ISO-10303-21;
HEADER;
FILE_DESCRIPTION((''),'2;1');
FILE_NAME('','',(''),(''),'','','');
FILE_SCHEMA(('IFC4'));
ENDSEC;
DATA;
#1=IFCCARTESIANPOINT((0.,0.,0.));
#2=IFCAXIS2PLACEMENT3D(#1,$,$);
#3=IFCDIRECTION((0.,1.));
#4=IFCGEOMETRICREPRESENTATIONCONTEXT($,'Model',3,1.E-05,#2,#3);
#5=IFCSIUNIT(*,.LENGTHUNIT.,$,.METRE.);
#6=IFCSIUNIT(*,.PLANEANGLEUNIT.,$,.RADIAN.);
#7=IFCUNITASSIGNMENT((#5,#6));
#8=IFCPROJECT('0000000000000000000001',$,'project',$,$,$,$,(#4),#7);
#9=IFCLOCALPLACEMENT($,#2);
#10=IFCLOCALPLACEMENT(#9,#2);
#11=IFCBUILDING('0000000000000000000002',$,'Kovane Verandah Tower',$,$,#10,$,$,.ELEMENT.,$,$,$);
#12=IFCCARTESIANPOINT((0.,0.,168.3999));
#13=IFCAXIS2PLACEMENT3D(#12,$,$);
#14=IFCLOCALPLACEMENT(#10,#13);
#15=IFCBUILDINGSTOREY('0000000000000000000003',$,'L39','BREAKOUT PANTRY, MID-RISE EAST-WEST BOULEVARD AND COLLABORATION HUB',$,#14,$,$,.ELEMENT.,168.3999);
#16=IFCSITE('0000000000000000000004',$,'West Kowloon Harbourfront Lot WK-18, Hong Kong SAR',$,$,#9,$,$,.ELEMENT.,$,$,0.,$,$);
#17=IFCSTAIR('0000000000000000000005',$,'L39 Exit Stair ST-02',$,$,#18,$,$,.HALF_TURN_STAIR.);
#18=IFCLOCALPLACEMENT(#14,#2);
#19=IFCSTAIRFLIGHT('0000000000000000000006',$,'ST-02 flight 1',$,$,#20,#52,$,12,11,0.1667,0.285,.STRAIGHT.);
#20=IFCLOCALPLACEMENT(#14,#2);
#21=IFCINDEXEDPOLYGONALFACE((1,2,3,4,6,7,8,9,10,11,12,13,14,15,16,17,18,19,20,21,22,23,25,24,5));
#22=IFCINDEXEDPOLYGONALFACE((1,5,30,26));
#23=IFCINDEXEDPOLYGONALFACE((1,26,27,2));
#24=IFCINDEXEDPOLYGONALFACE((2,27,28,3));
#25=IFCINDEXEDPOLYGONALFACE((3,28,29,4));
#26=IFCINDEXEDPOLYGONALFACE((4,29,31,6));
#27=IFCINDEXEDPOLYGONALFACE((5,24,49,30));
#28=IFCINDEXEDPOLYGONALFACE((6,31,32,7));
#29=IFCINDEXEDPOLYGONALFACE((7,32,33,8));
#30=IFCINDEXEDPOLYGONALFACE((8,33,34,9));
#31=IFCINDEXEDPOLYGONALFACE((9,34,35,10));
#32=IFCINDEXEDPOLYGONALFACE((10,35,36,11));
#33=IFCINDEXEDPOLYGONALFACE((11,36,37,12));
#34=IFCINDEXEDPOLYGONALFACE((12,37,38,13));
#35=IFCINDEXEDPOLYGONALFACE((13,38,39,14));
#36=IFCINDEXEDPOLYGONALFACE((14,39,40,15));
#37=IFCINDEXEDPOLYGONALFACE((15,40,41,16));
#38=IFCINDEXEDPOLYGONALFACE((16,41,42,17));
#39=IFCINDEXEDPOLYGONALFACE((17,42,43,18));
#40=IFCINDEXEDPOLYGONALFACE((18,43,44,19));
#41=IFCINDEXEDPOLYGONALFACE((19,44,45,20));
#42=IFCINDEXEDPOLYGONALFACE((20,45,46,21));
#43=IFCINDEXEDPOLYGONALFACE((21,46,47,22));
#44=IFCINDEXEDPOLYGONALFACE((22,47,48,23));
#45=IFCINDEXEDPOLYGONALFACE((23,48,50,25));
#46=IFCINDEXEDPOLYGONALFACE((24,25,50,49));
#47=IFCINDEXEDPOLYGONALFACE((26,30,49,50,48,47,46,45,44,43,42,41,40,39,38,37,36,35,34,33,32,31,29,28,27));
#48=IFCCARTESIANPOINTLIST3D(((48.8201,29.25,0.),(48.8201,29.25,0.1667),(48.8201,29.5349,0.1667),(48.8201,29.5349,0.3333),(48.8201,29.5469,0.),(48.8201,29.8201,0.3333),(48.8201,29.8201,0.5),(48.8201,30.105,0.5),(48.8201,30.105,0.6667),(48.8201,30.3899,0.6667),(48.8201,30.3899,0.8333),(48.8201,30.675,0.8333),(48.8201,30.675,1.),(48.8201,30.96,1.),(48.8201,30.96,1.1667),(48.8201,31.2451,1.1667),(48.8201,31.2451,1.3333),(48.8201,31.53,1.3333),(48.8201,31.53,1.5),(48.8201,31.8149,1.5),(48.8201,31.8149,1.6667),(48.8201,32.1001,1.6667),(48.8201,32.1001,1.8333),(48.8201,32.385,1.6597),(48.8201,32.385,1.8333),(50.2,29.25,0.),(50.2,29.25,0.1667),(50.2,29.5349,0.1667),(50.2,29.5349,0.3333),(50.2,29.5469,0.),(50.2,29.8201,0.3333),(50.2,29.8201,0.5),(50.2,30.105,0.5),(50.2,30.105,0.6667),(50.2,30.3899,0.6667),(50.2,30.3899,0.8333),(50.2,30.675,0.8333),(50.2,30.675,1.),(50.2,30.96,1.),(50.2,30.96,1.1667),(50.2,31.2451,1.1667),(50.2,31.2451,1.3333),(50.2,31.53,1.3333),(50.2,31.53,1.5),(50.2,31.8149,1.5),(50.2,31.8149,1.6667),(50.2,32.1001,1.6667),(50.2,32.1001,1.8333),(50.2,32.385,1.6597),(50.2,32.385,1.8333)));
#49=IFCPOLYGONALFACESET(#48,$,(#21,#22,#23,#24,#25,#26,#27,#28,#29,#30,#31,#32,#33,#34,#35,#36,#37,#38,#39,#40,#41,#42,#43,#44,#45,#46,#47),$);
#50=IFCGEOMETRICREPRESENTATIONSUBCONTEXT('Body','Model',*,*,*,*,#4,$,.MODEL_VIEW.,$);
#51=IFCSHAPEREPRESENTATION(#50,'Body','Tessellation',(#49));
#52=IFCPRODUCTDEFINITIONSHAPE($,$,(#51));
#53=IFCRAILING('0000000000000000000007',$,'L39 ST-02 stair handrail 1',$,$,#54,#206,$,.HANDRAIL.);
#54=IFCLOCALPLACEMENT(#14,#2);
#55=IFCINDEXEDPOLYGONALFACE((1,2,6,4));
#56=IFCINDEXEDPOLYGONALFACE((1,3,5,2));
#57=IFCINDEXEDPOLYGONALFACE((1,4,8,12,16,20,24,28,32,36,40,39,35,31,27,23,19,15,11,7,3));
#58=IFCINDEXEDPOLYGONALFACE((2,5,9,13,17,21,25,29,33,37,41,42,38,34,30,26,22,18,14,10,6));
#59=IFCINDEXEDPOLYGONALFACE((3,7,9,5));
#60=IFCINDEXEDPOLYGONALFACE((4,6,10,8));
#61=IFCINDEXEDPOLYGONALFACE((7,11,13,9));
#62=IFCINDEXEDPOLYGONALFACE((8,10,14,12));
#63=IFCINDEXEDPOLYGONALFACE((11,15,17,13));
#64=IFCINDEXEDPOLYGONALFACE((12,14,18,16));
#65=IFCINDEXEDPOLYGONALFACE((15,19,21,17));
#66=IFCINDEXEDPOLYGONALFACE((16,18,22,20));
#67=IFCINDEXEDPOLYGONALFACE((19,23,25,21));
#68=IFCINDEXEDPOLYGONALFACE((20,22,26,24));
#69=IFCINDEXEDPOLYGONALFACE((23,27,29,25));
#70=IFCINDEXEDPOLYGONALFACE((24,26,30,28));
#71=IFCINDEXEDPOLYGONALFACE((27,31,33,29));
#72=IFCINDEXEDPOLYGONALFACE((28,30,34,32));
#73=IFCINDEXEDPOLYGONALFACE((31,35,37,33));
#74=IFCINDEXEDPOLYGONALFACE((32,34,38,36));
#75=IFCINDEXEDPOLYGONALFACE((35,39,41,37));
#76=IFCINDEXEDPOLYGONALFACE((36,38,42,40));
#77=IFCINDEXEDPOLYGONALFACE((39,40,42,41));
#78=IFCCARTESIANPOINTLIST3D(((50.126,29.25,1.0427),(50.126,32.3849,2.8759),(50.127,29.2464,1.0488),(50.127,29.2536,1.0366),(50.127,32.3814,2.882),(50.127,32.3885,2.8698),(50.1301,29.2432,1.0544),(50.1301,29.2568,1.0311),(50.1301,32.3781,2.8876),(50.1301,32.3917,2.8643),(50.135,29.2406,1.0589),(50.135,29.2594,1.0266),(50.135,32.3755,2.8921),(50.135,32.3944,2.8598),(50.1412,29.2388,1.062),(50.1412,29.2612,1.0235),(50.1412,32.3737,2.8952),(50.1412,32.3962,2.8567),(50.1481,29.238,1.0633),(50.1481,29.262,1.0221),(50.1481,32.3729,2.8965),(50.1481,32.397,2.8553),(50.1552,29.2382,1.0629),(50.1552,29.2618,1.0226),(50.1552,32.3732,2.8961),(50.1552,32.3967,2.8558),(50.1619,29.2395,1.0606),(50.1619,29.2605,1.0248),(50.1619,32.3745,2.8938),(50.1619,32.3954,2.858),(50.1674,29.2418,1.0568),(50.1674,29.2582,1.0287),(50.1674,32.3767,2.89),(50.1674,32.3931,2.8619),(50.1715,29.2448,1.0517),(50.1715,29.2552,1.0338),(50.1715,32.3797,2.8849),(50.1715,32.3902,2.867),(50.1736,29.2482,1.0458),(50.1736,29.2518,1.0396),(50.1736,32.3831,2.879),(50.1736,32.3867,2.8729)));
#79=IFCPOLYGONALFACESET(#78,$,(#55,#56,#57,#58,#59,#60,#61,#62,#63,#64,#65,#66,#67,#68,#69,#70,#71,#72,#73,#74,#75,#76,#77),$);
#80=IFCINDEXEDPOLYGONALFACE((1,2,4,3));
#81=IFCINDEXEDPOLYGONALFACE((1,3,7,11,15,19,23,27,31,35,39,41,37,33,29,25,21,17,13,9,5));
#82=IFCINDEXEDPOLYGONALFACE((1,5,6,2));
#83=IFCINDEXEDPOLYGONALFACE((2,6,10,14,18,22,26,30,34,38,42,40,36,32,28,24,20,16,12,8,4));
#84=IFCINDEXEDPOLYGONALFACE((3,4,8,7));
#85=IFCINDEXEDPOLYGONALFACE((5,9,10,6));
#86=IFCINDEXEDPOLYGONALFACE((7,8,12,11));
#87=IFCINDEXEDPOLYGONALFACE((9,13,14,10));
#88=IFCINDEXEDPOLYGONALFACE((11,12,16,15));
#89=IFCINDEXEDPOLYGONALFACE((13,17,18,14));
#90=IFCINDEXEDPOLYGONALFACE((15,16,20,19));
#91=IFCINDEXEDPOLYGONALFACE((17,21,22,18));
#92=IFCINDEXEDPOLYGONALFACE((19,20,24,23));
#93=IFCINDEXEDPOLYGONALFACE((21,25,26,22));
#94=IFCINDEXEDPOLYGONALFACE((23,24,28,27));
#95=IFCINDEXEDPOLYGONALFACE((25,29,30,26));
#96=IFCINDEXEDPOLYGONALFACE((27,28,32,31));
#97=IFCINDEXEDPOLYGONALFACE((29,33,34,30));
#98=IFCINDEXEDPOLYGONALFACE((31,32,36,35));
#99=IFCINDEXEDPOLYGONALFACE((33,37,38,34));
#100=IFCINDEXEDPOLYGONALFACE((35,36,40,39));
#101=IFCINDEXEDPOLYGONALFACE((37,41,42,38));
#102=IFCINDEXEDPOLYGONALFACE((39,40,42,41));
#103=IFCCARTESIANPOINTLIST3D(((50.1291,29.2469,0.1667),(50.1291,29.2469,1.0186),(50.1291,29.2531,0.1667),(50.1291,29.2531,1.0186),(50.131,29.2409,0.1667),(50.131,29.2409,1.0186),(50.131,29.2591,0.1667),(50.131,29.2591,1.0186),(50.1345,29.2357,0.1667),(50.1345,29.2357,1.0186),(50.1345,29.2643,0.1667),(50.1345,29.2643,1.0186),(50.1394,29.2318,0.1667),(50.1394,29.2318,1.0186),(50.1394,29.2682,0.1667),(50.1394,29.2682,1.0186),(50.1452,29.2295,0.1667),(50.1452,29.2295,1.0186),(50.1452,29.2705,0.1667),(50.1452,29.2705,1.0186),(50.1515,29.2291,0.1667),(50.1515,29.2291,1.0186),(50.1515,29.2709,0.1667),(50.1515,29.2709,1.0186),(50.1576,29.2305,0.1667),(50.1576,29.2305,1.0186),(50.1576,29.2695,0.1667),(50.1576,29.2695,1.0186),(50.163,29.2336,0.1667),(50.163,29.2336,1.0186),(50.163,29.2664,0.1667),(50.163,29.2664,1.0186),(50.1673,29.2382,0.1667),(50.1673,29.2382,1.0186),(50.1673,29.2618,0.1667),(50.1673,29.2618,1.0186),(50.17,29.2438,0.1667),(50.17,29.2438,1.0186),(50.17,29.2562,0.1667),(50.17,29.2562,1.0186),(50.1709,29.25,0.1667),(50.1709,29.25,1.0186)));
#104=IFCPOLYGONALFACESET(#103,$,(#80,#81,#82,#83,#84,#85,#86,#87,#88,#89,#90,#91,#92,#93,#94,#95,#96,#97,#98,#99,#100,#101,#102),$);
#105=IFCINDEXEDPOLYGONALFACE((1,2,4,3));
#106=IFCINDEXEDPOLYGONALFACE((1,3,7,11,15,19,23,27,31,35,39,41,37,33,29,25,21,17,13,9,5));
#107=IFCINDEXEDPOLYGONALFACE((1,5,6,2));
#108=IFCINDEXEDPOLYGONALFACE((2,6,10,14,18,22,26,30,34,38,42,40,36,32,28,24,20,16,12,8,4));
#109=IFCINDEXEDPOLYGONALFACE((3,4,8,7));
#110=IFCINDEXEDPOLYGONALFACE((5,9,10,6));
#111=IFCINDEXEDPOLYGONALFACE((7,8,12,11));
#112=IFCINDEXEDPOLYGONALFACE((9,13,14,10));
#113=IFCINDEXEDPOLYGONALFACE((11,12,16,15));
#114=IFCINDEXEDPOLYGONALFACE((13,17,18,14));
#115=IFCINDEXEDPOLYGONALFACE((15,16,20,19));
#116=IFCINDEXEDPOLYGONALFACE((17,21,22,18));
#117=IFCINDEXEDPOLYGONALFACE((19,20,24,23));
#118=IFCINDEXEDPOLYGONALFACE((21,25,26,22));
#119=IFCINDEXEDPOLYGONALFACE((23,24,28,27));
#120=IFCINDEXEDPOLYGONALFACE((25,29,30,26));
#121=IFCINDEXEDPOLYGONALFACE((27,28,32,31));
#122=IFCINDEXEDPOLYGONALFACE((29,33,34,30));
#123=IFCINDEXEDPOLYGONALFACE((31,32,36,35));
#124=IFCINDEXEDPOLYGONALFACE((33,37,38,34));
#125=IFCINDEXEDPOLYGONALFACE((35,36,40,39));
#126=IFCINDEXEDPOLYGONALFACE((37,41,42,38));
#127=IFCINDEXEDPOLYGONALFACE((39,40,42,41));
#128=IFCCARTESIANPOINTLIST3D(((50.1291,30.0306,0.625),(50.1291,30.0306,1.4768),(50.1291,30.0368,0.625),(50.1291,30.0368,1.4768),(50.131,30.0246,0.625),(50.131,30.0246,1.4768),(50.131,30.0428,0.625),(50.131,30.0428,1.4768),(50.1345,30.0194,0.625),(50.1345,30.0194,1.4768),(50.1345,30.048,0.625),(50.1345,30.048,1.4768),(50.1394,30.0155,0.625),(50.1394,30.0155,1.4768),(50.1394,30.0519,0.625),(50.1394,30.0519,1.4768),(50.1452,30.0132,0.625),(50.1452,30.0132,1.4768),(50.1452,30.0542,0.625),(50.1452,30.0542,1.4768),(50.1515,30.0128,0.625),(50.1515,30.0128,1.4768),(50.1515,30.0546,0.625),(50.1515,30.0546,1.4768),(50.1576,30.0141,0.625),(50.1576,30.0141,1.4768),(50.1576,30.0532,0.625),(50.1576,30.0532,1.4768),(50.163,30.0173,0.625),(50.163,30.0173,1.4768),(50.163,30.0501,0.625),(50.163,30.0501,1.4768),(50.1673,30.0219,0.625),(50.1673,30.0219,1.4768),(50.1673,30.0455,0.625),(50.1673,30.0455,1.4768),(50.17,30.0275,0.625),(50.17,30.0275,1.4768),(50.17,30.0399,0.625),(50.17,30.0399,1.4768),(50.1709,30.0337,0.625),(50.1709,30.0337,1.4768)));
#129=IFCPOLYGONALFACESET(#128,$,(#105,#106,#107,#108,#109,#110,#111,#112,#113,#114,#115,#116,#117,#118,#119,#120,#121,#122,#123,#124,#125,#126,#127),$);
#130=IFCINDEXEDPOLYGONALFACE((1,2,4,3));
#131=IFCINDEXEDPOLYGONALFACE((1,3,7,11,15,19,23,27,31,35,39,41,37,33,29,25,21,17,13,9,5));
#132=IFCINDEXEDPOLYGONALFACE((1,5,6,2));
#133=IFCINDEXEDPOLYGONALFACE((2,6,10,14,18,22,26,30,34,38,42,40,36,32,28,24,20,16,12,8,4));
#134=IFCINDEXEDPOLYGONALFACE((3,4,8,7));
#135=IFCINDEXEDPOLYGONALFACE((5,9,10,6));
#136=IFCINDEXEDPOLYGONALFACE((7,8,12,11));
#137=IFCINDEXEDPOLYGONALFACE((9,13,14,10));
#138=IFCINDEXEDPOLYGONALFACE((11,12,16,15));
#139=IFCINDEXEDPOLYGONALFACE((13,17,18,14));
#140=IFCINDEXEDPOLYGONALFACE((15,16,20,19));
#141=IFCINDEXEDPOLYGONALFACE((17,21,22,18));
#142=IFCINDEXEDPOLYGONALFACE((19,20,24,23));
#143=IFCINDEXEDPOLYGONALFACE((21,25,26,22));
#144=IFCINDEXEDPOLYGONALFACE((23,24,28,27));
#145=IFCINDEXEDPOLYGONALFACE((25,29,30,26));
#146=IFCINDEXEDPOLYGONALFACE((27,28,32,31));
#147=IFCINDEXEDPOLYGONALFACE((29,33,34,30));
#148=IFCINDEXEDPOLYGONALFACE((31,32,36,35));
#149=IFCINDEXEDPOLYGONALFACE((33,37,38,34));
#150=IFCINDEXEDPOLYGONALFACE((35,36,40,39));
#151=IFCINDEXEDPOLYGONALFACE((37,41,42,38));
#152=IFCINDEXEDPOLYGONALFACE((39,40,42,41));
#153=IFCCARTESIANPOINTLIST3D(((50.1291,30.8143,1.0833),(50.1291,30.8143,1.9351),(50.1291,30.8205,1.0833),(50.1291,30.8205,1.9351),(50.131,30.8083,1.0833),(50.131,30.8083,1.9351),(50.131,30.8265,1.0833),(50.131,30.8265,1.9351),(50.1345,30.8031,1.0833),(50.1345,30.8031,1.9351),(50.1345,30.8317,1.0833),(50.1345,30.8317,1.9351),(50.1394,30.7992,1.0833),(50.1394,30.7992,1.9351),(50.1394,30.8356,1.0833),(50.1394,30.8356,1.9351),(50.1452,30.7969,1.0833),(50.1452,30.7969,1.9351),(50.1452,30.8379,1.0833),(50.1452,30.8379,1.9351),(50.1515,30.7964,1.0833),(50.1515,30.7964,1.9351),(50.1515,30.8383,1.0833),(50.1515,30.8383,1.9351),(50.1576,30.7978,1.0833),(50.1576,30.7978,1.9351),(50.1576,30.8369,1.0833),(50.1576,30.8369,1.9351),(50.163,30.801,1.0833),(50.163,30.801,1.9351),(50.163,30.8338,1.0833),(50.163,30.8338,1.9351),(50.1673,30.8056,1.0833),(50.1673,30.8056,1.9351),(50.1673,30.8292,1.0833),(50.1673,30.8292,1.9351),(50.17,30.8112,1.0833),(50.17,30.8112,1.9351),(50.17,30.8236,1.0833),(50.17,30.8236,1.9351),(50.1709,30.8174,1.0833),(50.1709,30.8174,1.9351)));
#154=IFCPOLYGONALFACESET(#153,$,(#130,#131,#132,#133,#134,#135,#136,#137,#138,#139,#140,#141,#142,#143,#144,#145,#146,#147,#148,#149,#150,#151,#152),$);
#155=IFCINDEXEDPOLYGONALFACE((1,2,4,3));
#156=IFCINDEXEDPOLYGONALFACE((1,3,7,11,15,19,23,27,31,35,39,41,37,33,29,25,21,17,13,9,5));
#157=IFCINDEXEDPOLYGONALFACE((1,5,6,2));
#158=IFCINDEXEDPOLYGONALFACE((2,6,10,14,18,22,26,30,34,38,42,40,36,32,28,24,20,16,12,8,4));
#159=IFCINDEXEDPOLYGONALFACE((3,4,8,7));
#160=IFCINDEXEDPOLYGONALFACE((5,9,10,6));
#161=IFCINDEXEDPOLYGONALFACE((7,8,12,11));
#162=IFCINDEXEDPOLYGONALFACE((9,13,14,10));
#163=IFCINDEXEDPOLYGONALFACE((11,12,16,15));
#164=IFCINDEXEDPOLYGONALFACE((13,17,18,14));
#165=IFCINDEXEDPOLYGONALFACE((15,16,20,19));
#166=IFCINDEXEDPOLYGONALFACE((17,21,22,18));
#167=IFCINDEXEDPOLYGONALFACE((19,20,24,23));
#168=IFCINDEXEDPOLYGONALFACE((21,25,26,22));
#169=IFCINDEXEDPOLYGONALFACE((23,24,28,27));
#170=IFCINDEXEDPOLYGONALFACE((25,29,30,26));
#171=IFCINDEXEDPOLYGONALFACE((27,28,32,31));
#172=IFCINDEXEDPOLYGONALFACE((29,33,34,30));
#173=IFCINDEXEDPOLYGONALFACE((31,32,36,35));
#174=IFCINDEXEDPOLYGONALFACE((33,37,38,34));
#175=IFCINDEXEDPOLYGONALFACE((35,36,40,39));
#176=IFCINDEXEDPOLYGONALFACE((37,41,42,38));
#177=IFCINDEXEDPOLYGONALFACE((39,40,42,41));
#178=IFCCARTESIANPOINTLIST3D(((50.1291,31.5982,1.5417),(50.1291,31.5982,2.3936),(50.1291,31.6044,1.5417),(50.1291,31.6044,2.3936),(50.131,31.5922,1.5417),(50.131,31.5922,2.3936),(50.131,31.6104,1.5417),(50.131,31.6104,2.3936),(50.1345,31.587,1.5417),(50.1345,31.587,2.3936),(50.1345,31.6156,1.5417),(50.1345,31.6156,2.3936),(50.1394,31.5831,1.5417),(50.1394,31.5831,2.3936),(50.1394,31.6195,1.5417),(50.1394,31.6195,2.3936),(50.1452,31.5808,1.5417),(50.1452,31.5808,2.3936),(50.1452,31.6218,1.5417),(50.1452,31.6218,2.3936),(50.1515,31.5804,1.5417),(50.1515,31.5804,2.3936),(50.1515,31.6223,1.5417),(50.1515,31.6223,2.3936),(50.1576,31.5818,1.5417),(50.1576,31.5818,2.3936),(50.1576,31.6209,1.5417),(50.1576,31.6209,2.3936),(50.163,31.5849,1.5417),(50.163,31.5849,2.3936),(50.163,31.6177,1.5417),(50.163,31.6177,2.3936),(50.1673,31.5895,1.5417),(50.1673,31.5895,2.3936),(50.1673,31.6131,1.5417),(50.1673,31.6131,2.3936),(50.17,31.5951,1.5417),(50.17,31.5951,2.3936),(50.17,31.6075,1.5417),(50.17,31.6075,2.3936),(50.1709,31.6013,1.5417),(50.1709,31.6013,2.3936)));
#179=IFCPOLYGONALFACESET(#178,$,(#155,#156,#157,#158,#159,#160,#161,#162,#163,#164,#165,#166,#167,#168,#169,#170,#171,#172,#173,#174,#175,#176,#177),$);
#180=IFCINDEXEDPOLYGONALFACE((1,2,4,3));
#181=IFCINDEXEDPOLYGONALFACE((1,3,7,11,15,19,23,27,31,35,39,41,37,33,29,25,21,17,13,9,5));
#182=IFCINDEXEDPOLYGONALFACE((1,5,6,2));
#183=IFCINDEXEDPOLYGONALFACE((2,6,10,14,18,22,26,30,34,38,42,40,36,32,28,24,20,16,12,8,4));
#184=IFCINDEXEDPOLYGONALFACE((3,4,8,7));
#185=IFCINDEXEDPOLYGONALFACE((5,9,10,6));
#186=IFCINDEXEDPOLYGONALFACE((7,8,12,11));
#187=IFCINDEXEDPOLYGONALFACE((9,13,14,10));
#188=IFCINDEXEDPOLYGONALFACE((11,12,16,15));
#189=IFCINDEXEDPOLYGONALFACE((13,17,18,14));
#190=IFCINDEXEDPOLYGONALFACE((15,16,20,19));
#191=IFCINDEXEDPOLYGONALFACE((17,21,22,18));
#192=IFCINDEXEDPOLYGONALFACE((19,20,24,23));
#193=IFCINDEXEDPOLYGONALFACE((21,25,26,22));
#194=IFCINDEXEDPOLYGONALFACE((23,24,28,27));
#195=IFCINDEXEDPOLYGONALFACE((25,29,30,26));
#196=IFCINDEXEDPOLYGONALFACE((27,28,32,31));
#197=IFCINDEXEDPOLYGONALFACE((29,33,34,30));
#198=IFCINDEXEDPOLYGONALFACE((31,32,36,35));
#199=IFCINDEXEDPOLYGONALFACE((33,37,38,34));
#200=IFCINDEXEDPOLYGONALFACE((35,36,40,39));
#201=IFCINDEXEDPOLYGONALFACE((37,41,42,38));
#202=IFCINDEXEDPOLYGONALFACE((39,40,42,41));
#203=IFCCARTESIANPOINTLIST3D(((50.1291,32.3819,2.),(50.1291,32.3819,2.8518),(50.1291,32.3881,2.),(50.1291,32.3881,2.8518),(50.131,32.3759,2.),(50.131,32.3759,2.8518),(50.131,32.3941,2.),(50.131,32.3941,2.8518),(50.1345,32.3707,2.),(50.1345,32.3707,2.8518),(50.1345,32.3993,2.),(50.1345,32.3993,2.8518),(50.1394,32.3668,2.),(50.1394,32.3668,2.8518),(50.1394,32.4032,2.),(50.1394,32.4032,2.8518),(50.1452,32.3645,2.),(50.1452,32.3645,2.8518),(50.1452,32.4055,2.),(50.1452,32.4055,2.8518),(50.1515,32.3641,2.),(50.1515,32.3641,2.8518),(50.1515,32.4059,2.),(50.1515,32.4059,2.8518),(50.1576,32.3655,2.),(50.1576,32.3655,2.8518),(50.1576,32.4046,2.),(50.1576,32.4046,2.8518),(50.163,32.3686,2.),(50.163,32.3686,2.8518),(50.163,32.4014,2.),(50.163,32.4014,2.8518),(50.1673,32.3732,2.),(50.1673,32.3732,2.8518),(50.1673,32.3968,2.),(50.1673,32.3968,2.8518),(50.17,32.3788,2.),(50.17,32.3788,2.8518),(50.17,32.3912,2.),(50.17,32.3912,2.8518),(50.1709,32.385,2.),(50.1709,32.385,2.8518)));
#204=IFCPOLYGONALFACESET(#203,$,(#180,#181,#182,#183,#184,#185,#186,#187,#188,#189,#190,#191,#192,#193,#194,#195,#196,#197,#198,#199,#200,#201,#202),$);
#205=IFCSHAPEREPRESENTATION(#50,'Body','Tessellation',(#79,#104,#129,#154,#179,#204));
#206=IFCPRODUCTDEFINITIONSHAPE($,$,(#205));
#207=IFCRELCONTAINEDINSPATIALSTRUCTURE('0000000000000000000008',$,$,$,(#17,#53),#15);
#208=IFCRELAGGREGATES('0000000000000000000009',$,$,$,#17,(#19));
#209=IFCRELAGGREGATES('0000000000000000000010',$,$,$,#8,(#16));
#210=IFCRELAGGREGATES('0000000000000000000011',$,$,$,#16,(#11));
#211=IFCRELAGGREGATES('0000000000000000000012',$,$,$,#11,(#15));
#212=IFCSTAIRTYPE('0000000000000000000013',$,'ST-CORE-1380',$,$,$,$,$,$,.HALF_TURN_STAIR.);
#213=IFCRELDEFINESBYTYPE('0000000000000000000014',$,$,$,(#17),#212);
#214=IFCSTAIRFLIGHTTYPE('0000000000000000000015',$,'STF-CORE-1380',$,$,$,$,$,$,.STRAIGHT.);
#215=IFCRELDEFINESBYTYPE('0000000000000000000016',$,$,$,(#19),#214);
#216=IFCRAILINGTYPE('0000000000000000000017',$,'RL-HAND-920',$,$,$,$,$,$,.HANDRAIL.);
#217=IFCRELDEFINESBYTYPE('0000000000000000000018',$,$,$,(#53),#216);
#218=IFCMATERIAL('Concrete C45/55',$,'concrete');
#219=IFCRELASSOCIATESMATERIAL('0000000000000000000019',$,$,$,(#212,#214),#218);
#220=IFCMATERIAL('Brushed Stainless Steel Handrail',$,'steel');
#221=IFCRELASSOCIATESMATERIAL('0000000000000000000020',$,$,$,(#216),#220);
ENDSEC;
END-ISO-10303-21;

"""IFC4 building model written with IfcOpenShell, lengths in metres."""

from ifc_helpers import new_model, si_unit, direction, frame, origin, origin_2d, place, context, subcontext, project, spatial, polyline, circle, outline, extrude, material, type_object, element, aggregate, save


model = new_model("IFC4")

# Units and contexts
model_context = context("Model", 3, precision=1e-05, world=origin(), true_north=direction((0.0, 1.0)))
body_context = subcontext(model_context, "Body", "Model", "MODEL_VIEW")
ifc_project = project(units=[si_unit("LENGTHUNIT", "METRE"), si_unit("PLANEANGLEUNIT", "RADIAN")], contexts=[model_context])

# Site, building, storey
site_placement = place(None, origin())
site = spatial("IfcSite", under=ifc_project, at=site_placement, Name="West Kowloon Harbourfront Lot WK-18, Hong Kong SAR", CompositionType="ELEMENT", RefElevation=0.0)
building_placement = place(site_placement, origin())
building = spatial("IfcBuilding", under=site, at=building_placement, Name="Kovane Verandah Tower", CompositionType="ELEMENT")
storey_placement = place(building_placement, frame((0.0, 0.0, 168.3999)))
storey = spatial("IfcBuildingStorey", under=building, at=storey_placement, Name="L39", Description="BREAKOUT PANTRY, MID-RISE EAST-WEST BOULEVARD AND COLLABORATION HUB", CompositionType="ELEMENT", Elevation=168.3999)

# Shared definitions
ifc_material_1 = material(Name="Concrete C45/55", Category="concrete")

# Stair, stair flight
stair_type = type_object("IfcStairType", Name="ST-CORE-1380", PredefinedType="HALF_TURN_STAIR", material=ifc_material_1)
stair_placement = place(storey_placement, origin())
stair = element("IfcStair", 1, at=stair_placement, inside=storey, type_object=stair_type, Name="L39 Exit Stair ST-02", PredefinedType="HALF_TURN_STAIR")
stair_flight_type = type_object("IfcStairFlightType", Name="STF-CORE-1380", PredefinedType="STRAIGHT", material=ifc_material_1)
stair_flight_placement = place(storey_placement, frame((49.51, 29.25, 0.0), z_axis=(0.0, 0.0, 1.0), x_axis=(0.0, 1.0, 0.0)))
stair_flight = element("IfcStairFlight", 2, at=stair_flight_placement, type_object=stair_flight_type, Name="ST-02 flight 1", NumberOfRisers=12, NumberOfTreads=11, PredefinedType="STRAIGHT", RiserHeight=0.1667, TreadLength=0.285, context=body_context, shape_type="SweptSolid", body=[
    extrude(outline(polyline([(0.0, 0.0), (0.0, 0.1667), (0.2849, 0.1667), (0.2849, 0.3333), (0.5701, 0.3333), (0.5701, 0.5), (0.855, 0.5), (0.855, 0.6667), (1.1399, 0.6667), (1.1399, 0.8333), (1.425, 0.8333), (1.425, 1.0), (1.71, 1.0), (1.71, 1.1667), (1.9951, 1.1667), (1.9951, 1.3333), (2.28, 1.3333), (2.28, 1.5), (2.5649, 1.5), (2.5649, 1.6667), (2.8501, 1.6667), (2.8501, 1.8333), (3.135, 1.8333), (3.135, 2.0), (3.135, 1.6597), (0.2969, 0.0), (0.0, 0.0)])), frame((0.0, 0.6899, 0.0), z_axis=(0.0, -1.0, 0.0), x_axis=(1.0, 0.0, 0.0)), (0.0, 0.0, 1.0), 1.3799),
])
aggregate(stair, [stair_flight])

# Railing
ifc_material_2 = material(Name="Brushed Stainless Steel Handrail", Category="steel")
railing_type_1 = type_object("IfcRailingType", Name="RL-HAND-920", PredefinedType="HANDRAIL", material=ifc_material_2)
railing_1_placement = place(storey_placement, frame((50.1499, 29.25, 0.1667)))
element("IfcRailing", 3, at=railing_1_placement, inside=storey, type_object=railing_type_1, Name="L39 ST-02 stair handrail 1", PredefinedType="HANDRAIL", context=body_context, shape_type="SweptSolid", body=[
    extrude(circle(Radius=0.0239, at=origin_2d()), frame((0.0, 0.0, 0.876), z_axis=(0.0, 0.86324, 0.504794), x_axis=(-1.0, 0.0, 0.0)), (0.0, 0.0, 1.0), 3.6316),
    extrude(circle(Radius=0.021, at=origin_2d()), origin(), (0.0, 0.0, 1.0), 0.8518),
    extrude(circle(Radius=0.021, at=origin_2d()), frame((0.0, 0.7837, 0.4583)), (0.0, 0.0, 1.0), 0.8518),
    extrude(circle(Radius=0.021, at=origin_2d()), frame((0.0, 1.5674, 0.9165)), (0.0, 0.0, 1.0), 0.8518),
    extrude(circle(Radius=0.021, at=origin_2d()), frame((0.0, 2.3513, 1.375)), (0.0, 0.0, 1.0), 0.8518),
    extrude(circle(Radius=0.021, at=origin_2d()), frame((0.0, 3.135, 1.8333)), (0.0, 0.0, 1.0), 0.8518),
])

save(model, "model.ifc")
